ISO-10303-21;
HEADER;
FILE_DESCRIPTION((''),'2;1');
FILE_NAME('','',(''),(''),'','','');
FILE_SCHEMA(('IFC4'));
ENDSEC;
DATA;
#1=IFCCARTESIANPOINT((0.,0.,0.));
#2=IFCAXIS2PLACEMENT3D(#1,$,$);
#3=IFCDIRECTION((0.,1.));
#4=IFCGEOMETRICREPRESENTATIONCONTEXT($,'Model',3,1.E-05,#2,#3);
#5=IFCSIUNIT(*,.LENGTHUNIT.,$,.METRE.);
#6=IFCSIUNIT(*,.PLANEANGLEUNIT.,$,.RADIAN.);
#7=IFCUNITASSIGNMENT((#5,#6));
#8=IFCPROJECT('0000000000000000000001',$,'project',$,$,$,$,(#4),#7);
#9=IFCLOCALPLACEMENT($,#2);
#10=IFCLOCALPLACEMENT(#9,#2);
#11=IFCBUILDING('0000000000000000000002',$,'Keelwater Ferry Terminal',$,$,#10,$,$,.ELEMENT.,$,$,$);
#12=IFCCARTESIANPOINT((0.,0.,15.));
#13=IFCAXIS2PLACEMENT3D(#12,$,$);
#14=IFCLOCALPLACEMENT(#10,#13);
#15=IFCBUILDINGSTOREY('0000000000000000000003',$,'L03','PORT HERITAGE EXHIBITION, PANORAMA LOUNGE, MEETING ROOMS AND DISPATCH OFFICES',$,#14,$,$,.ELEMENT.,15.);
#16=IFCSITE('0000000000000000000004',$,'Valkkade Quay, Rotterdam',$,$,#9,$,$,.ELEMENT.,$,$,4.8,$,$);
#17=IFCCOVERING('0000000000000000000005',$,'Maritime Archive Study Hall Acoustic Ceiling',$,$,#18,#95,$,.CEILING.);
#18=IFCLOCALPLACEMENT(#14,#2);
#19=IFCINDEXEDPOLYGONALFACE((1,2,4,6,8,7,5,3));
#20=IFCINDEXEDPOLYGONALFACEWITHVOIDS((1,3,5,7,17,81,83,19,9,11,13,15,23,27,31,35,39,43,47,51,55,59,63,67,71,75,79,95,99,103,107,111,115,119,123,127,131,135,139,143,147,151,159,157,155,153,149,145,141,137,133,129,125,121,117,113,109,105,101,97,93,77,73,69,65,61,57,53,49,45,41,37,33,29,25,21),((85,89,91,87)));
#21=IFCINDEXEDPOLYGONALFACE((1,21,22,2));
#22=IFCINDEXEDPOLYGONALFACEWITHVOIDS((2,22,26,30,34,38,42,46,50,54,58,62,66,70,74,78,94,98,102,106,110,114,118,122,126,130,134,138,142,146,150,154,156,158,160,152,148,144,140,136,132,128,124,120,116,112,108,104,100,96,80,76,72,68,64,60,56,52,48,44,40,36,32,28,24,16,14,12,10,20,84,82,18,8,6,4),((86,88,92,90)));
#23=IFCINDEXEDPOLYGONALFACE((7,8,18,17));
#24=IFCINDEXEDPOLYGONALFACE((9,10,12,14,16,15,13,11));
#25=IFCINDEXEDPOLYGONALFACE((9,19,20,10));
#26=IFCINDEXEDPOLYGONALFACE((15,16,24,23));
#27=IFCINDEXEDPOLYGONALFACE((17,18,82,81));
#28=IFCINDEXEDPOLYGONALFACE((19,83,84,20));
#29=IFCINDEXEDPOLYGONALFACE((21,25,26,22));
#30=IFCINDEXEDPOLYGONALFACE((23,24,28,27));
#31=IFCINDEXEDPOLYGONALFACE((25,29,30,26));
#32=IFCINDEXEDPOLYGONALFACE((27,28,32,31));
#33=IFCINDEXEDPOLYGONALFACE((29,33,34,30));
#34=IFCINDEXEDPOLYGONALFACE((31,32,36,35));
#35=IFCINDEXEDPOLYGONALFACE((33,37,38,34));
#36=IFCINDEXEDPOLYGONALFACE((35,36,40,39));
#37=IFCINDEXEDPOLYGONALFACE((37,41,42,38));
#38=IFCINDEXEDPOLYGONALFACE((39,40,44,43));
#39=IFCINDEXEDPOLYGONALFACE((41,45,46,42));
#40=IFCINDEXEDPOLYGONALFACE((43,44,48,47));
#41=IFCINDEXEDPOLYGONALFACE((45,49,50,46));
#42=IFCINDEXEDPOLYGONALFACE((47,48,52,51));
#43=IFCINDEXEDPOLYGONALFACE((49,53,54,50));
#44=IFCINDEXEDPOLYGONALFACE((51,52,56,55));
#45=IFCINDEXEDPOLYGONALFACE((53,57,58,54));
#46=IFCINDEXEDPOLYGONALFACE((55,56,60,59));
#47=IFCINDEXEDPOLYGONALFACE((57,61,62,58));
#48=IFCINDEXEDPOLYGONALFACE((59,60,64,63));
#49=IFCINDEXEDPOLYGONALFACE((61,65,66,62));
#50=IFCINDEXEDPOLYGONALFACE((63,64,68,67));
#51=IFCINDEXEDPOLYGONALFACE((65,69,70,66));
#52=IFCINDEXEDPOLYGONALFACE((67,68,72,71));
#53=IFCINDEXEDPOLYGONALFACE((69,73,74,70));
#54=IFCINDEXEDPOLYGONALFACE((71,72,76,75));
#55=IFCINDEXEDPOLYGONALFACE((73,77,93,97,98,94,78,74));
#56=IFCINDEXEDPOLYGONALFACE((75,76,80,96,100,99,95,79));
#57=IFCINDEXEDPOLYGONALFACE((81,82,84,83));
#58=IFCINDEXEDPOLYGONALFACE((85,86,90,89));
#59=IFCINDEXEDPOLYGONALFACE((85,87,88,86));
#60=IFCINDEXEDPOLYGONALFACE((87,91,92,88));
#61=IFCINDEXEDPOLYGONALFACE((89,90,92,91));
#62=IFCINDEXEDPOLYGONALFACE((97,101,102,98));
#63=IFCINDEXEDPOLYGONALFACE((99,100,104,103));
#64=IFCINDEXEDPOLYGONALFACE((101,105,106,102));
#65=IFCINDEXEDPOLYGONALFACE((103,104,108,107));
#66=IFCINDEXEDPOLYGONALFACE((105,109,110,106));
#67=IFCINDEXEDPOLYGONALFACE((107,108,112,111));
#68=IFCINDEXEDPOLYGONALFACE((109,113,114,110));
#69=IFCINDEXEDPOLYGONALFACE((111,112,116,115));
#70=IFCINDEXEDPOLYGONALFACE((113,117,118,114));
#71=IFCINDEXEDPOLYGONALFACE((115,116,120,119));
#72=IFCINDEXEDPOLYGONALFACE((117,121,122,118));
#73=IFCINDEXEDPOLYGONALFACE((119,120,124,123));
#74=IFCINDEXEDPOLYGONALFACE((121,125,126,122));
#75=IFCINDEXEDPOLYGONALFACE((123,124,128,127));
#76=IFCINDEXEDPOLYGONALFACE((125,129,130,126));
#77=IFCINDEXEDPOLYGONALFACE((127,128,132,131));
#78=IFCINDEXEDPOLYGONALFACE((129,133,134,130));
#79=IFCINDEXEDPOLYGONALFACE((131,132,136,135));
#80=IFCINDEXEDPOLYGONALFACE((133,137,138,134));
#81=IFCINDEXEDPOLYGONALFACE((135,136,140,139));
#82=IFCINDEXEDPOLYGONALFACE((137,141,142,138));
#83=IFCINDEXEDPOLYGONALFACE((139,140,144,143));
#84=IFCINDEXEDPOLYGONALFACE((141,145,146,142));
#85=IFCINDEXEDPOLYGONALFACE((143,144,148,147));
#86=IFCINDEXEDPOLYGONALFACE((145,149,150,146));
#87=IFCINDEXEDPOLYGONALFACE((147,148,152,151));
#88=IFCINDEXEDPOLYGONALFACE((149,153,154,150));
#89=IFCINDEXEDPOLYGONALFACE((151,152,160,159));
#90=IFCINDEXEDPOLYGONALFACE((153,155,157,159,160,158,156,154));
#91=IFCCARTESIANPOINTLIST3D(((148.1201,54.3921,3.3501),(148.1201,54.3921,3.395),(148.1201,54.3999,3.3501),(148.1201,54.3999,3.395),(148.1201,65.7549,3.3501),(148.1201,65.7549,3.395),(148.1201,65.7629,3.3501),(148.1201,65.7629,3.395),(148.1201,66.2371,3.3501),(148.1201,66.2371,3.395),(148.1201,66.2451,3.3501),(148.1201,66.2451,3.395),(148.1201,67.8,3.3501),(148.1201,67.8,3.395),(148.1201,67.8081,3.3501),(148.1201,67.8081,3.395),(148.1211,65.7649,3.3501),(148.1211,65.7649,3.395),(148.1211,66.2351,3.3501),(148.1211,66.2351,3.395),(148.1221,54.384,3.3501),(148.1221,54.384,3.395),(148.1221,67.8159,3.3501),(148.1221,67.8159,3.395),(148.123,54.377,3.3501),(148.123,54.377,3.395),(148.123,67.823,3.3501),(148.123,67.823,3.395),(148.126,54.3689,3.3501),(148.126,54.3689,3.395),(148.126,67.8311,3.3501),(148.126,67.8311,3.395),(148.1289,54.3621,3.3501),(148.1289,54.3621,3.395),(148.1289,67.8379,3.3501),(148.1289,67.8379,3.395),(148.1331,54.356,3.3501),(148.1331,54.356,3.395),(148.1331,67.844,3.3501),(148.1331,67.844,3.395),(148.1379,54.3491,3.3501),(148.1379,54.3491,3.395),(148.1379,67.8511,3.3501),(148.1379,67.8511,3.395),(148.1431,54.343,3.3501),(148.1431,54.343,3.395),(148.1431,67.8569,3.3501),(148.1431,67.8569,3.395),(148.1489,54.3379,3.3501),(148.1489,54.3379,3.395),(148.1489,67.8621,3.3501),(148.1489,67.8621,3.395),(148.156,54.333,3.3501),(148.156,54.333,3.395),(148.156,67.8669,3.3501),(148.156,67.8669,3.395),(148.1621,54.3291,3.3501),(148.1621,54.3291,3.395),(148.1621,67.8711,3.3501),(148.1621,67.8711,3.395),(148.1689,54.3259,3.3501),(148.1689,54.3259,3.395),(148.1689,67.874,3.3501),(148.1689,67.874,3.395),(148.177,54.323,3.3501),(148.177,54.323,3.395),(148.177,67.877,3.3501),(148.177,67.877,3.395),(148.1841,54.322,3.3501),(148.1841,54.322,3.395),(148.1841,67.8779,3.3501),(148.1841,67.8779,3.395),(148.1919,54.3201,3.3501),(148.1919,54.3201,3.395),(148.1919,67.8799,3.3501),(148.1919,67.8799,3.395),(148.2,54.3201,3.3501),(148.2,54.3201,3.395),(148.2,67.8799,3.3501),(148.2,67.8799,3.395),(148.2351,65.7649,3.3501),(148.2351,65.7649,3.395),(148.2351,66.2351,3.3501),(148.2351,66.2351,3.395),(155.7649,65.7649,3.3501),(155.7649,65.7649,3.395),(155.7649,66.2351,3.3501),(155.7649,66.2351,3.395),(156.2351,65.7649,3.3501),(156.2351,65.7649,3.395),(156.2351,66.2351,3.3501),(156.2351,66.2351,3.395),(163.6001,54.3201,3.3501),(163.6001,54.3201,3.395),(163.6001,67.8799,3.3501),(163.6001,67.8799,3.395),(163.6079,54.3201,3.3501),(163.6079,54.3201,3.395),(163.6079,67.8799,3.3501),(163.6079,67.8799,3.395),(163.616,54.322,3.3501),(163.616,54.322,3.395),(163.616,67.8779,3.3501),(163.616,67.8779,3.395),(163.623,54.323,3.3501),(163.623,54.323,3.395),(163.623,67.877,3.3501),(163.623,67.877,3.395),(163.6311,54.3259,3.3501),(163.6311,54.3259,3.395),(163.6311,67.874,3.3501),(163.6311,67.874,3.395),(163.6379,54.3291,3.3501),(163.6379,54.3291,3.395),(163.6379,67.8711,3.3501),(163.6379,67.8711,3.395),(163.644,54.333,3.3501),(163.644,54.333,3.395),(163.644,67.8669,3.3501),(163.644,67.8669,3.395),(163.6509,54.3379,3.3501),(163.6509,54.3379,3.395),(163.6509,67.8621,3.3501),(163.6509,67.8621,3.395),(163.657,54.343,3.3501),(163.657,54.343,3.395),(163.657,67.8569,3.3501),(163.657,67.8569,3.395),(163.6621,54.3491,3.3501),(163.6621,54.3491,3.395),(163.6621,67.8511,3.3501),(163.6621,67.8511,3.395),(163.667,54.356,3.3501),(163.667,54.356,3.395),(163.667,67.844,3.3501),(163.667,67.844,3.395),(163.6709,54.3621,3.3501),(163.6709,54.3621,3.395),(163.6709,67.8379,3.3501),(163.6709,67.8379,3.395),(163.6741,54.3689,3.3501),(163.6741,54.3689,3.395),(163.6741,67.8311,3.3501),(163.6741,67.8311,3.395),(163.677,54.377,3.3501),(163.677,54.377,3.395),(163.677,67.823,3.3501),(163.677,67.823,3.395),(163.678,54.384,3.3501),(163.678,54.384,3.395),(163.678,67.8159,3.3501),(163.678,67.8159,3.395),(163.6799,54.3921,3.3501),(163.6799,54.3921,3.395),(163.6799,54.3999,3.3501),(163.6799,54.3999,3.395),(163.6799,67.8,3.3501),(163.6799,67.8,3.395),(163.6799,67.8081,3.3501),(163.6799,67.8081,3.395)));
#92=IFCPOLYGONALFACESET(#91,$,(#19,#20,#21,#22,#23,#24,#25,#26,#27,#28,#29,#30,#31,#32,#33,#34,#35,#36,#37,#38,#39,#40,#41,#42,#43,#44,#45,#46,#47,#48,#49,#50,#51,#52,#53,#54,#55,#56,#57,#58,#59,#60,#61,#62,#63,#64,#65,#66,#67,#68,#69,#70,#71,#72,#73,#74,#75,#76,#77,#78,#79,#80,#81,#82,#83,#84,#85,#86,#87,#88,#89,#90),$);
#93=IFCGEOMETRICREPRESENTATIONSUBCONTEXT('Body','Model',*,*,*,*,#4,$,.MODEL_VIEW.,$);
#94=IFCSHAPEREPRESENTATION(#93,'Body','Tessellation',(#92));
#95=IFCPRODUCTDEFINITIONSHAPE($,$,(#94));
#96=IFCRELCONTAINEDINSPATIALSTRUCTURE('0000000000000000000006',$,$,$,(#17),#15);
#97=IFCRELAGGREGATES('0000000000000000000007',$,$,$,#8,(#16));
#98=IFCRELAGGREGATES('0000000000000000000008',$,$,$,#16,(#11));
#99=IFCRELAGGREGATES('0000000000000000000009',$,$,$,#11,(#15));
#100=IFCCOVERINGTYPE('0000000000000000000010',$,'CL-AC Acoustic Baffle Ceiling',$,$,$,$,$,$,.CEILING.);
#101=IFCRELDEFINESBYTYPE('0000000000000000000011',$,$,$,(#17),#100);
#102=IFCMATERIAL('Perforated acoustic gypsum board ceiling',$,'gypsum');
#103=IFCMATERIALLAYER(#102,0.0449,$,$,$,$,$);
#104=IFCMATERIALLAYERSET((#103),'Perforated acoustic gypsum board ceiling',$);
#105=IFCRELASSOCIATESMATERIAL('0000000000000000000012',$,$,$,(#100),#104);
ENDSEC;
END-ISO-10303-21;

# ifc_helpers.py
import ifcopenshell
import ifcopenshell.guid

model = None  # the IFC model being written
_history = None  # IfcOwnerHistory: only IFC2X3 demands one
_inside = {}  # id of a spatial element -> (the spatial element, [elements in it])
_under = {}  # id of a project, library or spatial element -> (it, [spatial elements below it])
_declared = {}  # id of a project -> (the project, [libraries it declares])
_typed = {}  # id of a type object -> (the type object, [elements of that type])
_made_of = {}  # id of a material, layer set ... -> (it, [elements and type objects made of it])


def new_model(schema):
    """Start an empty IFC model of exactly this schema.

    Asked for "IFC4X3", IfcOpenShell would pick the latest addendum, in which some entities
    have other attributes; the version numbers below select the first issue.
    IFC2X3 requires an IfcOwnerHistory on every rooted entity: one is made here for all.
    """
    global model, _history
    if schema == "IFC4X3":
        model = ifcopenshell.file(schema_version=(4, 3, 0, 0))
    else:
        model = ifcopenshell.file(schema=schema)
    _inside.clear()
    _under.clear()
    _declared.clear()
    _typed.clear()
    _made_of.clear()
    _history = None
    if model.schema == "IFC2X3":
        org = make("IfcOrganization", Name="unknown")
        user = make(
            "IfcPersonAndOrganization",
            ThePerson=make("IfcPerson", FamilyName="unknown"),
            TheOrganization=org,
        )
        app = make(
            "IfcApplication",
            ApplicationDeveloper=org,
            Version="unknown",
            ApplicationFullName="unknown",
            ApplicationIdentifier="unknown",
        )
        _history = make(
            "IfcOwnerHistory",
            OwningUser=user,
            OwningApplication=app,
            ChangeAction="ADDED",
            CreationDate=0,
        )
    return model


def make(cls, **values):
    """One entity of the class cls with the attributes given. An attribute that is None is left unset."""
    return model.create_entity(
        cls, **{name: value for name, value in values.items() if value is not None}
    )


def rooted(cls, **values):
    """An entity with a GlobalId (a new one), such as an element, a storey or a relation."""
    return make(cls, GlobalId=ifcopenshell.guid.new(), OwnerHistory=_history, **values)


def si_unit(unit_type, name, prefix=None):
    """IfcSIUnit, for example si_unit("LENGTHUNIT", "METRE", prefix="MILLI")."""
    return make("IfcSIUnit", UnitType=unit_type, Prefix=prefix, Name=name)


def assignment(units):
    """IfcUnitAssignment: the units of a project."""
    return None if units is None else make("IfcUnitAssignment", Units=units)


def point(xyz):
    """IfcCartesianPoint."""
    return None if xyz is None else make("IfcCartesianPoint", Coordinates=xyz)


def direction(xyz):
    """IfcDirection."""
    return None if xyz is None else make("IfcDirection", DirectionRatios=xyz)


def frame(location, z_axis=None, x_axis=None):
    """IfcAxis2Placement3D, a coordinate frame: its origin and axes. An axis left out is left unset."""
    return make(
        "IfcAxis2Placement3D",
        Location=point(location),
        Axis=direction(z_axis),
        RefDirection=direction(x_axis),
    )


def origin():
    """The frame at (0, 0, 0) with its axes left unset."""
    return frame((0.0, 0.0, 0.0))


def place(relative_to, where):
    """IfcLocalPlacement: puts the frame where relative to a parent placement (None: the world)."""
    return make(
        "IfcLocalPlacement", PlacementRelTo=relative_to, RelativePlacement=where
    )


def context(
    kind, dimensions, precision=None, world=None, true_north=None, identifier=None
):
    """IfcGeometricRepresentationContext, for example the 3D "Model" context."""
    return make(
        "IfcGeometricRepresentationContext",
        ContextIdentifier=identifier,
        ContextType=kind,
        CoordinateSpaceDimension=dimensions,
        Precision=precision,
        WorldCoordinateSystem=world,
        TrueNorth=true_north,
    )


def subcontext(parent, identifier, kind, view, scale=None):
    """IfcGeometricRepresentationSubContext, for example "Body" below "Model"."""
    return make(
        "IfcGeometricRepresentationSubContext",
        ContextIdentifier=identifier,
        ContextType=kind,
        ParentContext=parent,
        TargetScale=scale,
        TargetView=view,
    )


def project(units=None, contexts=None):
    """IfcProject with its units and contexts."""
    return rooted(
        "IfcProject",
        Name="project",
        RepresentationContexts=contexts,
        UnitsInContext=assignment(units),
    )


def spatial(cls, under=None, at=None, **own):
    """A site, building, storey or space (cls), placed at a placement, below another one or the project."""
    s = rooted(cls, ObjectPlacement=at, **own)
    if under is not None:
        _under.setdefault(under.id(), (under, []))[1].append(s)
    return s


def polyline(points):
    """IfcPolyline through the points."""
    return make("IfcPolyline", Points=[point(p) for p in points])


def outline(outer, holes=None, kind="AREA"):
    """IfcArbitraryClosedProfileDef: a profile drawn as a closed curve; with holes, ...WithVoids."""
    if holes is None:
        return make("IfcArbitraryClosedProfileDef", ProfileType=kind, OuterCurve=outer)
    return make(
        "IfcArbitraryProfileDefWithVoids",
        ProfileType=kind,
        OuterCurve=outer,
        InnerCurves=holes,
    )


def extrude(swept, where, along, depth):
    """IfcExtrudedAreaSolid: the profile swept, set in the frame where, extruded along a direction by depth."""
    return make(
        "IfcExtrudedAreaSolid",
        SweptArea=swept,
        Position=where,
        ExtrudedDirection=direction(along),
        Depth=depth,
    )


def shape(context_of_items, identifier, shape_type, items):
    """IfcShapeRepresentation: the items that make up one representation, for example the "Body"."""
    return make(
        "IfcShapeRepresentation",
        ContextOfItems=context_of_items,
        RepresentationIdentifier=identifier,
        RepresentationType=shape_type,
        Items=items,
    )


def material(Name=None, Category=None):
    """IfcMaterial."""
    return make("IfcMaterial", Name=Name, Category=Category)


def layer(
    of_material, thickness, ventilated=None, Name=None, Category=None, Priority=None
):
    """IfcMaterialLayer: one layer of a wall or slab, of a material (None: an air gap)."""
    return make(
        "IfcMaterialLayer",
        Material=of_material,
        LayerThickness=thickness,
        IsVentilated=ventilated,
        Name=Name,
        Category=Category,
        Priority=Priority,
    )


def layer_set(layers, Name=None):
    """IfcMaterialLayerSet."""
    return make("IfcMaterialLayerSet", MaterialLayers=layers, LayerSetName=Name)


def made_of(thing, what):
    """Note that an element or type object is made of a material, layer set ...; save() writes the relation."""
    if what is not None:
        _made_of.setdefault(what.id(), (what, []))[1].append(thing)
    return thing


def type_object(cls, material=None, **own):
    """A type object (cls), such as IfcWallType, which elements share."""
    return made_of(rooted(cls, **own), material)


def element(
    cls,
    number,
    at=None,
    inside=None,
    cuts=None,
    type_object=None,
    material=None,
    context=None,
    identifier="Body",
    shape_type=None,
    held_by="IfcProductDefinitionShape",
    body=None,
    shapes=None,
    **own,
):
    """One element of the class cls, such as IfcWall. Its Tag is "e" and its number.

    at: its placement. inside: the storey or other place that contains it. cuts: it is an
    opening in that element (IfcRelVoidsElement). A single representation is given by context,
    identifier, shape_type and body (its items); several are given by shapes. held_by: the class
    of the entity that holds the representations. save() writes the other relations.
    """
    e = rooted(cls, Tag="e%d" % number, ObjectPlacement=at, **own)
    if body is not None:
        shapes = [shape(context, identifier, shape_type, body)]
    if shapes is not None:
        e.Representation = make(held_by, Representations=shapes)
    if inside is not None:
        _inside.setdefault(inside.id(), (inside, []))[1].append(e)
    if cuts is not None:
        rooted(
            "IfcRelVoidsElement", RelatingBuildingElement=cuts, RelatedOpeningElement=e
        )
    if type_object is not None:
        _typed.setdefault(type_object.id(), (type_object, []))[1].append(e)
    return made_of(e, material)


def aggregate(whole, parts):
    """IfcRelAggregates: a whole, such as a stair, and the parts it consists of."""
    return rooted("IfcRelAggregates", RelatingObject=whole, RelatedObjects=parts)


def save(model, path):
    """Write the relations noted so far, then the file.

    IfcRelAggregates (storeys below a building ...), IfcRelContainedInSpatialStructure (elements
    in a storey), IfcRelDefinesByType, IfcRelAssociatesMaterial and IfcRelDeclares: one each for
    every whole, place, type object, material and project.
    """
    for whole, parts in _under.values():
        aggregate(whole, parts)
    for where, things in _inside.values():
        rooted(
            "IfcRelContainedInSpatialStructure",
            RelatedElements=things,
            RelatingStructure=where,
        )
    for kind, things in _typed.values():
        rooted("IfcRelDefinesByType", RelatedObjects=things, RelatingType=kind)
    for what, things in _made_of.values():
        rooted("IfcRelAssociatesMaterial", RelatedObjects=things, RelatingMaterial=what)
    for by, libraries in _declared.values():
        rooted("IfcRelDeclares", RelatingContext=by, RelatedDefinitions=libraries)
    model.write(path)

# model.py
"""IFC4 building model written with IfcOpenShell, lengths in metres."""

from ifc_helpers import new_model, si_unit, direction, frame, origin, place, context, subcontext, project, spatial, polyline, outline, extrude, material, layer, layer_set, type_object, element, save


model = new_model("IFC4")

# Units and contexts
model_context = context("Model", 3, precision=1e-05, world=origin(), true_north=direction((0.0, 1.0)))
body_context = subcontext(model_context, "Body", "Model", "MODEL_VIEW")
ifc_project = project(units=[si_unit("LENGTHUNIT", "METRE"), si_unit("PLANEANGLEUNIT", "RADIAN")], contexts=[model_context])

# Site, building, storey
site_placement = place(None, origin())
site = spatial("IfcSite", under=ifc_project, at=site_placement, Name="Valkkade Quay, Rotterdam", CompositionType="ELEMENT", RefElevation=4.8)
building_placement = place(site_placement, origin())
building = spatial("IfcBuilding", under=site, at=building_placement, Name="Keelwater Ferry Terminal", CompositionType="ELEMENT")
storey_placement = place(building_placement, frame((0.0, 0.0, 15.0)))
storey = spatial("IfcBuildingStorey", under=building, at=storey_placement, Name="L03", Description="PORT HERITAGE EXHIBITION, PANORAMA LOUNGE, MEETING ROOMS AND DISPATCH OFFICES", CompositionType="ELEMENT", Elevation=15.0)

# Covering
ifc_material_1 = material(Name="Perforated acoustic gypsum board ceiling", Category="gypsum")
ifc_layer_1 = layer(ifc_material_1, 0.0449)
ifc_layer_set_1 = layer_set([ifc_layer_1], Name="Perforated acoustic gypsum board ceiling")
covering_type_1 = type_object("IfcCoveringType", Name="CL-AC Acoustic Baffle Ceiling", PredefinedType="CEILING", material=ifc_layer_set_1)
covering_1_placement = place(storey_placement, frame((0.0, 0.0, 3.3501)))
element("IfcCovering", 1, at=covering_1_placement, inside=storey, type_object=covering_type_1, Name="Maritime Archive Study Hall Acoustic Ceiling", PredefinedType="CEILING", context=body_context, shape_type="SweptSolid", body=[
    extrude(outline(polyline([(148.1201, 66.2371), (148.1201, 66.2451), (148.1201, 67.8), (148.1201, 67.8081), (148.1221, 67.8159), (148.123, 67.823), (148.126, 67.8311), (148.1289, 67.8379), (148.1331, 67.844), (148.1379, 67.8511), (148.1431, 67.8569), (148.1489, 67.8621), (148.156, 67.8669), (148.1621, 67.8711), (148.1689, 67.874), (148.177, 67.877), (148.1841, 67.8779), (148.1919, 67.8799), (148.2, 67.8799), (163.6001, 67.8799), (163.6079, 67.8799), (163.616, 67.8779), (163.623, 67.877), (163.6311, 67.874), (163.6379, 67.8711), (163.644, 67.8669), (163.6509, 67.8621), (163.657, 67.8569), (163.6621, 67.8511), (163.667, 67.844), (163.6709, 67.8379), (163.6741, 67.8311), (163.677, 67.823), (163.678, 67.8159), (163.6799, 67.8081), (163.6799, 67.8), (163.6799, 54.3999), (163.6799, 54.3921), (163.678, 54.384), (163.677, 54.377), (163.6741, 54.3689), (163.6709, 54.3621), (163.667, 54.356), (163.6621, 54.3491), (163.657, 54.343), (163.6509, 54.3379), (163.644, 54.333), (163.6379, 54.3291), (163.6311, 54.3259), (163.623, 54.323), (163.616, 54.322), (163.6079, 54.3201), (163.6001, 54.3201), (148.2, 54.3201), (148.1919, 54.3201), (148.1841, 54.322), (148.177, 54.323), (148.1689, 54.3259), (148.1621, 54.3291), (148.156, 54.333), (148.1489, 54.3379), (148.1431, 54.343), (148.1379, 54.3491), (148.1331, 54.356), (148.1289, 54.3621), (148.126, 54.3689), (148.123, 54.377), (148.1221, 54.384), (148.1201, 54.3921), (148.1201, 54.3999), (148.1201, 65.7549), (148.1201, 65.7629), (148.1211, 65.7649), (148.2351, 65.7649), (148.2351, 66.2351), (148.1211, 66.2351), (148.1201, 66.2371)]), holes=[polyline([(155.7649, 65.7649), (156.2351, 65.7649), (156.2351, 66.2351), (155.7649, 66.2351), (155.7649, 65.7649)])]), origin(), (0.0, 0.0, 1.0), 0.0449),
])

save(model, "model.ifc")
